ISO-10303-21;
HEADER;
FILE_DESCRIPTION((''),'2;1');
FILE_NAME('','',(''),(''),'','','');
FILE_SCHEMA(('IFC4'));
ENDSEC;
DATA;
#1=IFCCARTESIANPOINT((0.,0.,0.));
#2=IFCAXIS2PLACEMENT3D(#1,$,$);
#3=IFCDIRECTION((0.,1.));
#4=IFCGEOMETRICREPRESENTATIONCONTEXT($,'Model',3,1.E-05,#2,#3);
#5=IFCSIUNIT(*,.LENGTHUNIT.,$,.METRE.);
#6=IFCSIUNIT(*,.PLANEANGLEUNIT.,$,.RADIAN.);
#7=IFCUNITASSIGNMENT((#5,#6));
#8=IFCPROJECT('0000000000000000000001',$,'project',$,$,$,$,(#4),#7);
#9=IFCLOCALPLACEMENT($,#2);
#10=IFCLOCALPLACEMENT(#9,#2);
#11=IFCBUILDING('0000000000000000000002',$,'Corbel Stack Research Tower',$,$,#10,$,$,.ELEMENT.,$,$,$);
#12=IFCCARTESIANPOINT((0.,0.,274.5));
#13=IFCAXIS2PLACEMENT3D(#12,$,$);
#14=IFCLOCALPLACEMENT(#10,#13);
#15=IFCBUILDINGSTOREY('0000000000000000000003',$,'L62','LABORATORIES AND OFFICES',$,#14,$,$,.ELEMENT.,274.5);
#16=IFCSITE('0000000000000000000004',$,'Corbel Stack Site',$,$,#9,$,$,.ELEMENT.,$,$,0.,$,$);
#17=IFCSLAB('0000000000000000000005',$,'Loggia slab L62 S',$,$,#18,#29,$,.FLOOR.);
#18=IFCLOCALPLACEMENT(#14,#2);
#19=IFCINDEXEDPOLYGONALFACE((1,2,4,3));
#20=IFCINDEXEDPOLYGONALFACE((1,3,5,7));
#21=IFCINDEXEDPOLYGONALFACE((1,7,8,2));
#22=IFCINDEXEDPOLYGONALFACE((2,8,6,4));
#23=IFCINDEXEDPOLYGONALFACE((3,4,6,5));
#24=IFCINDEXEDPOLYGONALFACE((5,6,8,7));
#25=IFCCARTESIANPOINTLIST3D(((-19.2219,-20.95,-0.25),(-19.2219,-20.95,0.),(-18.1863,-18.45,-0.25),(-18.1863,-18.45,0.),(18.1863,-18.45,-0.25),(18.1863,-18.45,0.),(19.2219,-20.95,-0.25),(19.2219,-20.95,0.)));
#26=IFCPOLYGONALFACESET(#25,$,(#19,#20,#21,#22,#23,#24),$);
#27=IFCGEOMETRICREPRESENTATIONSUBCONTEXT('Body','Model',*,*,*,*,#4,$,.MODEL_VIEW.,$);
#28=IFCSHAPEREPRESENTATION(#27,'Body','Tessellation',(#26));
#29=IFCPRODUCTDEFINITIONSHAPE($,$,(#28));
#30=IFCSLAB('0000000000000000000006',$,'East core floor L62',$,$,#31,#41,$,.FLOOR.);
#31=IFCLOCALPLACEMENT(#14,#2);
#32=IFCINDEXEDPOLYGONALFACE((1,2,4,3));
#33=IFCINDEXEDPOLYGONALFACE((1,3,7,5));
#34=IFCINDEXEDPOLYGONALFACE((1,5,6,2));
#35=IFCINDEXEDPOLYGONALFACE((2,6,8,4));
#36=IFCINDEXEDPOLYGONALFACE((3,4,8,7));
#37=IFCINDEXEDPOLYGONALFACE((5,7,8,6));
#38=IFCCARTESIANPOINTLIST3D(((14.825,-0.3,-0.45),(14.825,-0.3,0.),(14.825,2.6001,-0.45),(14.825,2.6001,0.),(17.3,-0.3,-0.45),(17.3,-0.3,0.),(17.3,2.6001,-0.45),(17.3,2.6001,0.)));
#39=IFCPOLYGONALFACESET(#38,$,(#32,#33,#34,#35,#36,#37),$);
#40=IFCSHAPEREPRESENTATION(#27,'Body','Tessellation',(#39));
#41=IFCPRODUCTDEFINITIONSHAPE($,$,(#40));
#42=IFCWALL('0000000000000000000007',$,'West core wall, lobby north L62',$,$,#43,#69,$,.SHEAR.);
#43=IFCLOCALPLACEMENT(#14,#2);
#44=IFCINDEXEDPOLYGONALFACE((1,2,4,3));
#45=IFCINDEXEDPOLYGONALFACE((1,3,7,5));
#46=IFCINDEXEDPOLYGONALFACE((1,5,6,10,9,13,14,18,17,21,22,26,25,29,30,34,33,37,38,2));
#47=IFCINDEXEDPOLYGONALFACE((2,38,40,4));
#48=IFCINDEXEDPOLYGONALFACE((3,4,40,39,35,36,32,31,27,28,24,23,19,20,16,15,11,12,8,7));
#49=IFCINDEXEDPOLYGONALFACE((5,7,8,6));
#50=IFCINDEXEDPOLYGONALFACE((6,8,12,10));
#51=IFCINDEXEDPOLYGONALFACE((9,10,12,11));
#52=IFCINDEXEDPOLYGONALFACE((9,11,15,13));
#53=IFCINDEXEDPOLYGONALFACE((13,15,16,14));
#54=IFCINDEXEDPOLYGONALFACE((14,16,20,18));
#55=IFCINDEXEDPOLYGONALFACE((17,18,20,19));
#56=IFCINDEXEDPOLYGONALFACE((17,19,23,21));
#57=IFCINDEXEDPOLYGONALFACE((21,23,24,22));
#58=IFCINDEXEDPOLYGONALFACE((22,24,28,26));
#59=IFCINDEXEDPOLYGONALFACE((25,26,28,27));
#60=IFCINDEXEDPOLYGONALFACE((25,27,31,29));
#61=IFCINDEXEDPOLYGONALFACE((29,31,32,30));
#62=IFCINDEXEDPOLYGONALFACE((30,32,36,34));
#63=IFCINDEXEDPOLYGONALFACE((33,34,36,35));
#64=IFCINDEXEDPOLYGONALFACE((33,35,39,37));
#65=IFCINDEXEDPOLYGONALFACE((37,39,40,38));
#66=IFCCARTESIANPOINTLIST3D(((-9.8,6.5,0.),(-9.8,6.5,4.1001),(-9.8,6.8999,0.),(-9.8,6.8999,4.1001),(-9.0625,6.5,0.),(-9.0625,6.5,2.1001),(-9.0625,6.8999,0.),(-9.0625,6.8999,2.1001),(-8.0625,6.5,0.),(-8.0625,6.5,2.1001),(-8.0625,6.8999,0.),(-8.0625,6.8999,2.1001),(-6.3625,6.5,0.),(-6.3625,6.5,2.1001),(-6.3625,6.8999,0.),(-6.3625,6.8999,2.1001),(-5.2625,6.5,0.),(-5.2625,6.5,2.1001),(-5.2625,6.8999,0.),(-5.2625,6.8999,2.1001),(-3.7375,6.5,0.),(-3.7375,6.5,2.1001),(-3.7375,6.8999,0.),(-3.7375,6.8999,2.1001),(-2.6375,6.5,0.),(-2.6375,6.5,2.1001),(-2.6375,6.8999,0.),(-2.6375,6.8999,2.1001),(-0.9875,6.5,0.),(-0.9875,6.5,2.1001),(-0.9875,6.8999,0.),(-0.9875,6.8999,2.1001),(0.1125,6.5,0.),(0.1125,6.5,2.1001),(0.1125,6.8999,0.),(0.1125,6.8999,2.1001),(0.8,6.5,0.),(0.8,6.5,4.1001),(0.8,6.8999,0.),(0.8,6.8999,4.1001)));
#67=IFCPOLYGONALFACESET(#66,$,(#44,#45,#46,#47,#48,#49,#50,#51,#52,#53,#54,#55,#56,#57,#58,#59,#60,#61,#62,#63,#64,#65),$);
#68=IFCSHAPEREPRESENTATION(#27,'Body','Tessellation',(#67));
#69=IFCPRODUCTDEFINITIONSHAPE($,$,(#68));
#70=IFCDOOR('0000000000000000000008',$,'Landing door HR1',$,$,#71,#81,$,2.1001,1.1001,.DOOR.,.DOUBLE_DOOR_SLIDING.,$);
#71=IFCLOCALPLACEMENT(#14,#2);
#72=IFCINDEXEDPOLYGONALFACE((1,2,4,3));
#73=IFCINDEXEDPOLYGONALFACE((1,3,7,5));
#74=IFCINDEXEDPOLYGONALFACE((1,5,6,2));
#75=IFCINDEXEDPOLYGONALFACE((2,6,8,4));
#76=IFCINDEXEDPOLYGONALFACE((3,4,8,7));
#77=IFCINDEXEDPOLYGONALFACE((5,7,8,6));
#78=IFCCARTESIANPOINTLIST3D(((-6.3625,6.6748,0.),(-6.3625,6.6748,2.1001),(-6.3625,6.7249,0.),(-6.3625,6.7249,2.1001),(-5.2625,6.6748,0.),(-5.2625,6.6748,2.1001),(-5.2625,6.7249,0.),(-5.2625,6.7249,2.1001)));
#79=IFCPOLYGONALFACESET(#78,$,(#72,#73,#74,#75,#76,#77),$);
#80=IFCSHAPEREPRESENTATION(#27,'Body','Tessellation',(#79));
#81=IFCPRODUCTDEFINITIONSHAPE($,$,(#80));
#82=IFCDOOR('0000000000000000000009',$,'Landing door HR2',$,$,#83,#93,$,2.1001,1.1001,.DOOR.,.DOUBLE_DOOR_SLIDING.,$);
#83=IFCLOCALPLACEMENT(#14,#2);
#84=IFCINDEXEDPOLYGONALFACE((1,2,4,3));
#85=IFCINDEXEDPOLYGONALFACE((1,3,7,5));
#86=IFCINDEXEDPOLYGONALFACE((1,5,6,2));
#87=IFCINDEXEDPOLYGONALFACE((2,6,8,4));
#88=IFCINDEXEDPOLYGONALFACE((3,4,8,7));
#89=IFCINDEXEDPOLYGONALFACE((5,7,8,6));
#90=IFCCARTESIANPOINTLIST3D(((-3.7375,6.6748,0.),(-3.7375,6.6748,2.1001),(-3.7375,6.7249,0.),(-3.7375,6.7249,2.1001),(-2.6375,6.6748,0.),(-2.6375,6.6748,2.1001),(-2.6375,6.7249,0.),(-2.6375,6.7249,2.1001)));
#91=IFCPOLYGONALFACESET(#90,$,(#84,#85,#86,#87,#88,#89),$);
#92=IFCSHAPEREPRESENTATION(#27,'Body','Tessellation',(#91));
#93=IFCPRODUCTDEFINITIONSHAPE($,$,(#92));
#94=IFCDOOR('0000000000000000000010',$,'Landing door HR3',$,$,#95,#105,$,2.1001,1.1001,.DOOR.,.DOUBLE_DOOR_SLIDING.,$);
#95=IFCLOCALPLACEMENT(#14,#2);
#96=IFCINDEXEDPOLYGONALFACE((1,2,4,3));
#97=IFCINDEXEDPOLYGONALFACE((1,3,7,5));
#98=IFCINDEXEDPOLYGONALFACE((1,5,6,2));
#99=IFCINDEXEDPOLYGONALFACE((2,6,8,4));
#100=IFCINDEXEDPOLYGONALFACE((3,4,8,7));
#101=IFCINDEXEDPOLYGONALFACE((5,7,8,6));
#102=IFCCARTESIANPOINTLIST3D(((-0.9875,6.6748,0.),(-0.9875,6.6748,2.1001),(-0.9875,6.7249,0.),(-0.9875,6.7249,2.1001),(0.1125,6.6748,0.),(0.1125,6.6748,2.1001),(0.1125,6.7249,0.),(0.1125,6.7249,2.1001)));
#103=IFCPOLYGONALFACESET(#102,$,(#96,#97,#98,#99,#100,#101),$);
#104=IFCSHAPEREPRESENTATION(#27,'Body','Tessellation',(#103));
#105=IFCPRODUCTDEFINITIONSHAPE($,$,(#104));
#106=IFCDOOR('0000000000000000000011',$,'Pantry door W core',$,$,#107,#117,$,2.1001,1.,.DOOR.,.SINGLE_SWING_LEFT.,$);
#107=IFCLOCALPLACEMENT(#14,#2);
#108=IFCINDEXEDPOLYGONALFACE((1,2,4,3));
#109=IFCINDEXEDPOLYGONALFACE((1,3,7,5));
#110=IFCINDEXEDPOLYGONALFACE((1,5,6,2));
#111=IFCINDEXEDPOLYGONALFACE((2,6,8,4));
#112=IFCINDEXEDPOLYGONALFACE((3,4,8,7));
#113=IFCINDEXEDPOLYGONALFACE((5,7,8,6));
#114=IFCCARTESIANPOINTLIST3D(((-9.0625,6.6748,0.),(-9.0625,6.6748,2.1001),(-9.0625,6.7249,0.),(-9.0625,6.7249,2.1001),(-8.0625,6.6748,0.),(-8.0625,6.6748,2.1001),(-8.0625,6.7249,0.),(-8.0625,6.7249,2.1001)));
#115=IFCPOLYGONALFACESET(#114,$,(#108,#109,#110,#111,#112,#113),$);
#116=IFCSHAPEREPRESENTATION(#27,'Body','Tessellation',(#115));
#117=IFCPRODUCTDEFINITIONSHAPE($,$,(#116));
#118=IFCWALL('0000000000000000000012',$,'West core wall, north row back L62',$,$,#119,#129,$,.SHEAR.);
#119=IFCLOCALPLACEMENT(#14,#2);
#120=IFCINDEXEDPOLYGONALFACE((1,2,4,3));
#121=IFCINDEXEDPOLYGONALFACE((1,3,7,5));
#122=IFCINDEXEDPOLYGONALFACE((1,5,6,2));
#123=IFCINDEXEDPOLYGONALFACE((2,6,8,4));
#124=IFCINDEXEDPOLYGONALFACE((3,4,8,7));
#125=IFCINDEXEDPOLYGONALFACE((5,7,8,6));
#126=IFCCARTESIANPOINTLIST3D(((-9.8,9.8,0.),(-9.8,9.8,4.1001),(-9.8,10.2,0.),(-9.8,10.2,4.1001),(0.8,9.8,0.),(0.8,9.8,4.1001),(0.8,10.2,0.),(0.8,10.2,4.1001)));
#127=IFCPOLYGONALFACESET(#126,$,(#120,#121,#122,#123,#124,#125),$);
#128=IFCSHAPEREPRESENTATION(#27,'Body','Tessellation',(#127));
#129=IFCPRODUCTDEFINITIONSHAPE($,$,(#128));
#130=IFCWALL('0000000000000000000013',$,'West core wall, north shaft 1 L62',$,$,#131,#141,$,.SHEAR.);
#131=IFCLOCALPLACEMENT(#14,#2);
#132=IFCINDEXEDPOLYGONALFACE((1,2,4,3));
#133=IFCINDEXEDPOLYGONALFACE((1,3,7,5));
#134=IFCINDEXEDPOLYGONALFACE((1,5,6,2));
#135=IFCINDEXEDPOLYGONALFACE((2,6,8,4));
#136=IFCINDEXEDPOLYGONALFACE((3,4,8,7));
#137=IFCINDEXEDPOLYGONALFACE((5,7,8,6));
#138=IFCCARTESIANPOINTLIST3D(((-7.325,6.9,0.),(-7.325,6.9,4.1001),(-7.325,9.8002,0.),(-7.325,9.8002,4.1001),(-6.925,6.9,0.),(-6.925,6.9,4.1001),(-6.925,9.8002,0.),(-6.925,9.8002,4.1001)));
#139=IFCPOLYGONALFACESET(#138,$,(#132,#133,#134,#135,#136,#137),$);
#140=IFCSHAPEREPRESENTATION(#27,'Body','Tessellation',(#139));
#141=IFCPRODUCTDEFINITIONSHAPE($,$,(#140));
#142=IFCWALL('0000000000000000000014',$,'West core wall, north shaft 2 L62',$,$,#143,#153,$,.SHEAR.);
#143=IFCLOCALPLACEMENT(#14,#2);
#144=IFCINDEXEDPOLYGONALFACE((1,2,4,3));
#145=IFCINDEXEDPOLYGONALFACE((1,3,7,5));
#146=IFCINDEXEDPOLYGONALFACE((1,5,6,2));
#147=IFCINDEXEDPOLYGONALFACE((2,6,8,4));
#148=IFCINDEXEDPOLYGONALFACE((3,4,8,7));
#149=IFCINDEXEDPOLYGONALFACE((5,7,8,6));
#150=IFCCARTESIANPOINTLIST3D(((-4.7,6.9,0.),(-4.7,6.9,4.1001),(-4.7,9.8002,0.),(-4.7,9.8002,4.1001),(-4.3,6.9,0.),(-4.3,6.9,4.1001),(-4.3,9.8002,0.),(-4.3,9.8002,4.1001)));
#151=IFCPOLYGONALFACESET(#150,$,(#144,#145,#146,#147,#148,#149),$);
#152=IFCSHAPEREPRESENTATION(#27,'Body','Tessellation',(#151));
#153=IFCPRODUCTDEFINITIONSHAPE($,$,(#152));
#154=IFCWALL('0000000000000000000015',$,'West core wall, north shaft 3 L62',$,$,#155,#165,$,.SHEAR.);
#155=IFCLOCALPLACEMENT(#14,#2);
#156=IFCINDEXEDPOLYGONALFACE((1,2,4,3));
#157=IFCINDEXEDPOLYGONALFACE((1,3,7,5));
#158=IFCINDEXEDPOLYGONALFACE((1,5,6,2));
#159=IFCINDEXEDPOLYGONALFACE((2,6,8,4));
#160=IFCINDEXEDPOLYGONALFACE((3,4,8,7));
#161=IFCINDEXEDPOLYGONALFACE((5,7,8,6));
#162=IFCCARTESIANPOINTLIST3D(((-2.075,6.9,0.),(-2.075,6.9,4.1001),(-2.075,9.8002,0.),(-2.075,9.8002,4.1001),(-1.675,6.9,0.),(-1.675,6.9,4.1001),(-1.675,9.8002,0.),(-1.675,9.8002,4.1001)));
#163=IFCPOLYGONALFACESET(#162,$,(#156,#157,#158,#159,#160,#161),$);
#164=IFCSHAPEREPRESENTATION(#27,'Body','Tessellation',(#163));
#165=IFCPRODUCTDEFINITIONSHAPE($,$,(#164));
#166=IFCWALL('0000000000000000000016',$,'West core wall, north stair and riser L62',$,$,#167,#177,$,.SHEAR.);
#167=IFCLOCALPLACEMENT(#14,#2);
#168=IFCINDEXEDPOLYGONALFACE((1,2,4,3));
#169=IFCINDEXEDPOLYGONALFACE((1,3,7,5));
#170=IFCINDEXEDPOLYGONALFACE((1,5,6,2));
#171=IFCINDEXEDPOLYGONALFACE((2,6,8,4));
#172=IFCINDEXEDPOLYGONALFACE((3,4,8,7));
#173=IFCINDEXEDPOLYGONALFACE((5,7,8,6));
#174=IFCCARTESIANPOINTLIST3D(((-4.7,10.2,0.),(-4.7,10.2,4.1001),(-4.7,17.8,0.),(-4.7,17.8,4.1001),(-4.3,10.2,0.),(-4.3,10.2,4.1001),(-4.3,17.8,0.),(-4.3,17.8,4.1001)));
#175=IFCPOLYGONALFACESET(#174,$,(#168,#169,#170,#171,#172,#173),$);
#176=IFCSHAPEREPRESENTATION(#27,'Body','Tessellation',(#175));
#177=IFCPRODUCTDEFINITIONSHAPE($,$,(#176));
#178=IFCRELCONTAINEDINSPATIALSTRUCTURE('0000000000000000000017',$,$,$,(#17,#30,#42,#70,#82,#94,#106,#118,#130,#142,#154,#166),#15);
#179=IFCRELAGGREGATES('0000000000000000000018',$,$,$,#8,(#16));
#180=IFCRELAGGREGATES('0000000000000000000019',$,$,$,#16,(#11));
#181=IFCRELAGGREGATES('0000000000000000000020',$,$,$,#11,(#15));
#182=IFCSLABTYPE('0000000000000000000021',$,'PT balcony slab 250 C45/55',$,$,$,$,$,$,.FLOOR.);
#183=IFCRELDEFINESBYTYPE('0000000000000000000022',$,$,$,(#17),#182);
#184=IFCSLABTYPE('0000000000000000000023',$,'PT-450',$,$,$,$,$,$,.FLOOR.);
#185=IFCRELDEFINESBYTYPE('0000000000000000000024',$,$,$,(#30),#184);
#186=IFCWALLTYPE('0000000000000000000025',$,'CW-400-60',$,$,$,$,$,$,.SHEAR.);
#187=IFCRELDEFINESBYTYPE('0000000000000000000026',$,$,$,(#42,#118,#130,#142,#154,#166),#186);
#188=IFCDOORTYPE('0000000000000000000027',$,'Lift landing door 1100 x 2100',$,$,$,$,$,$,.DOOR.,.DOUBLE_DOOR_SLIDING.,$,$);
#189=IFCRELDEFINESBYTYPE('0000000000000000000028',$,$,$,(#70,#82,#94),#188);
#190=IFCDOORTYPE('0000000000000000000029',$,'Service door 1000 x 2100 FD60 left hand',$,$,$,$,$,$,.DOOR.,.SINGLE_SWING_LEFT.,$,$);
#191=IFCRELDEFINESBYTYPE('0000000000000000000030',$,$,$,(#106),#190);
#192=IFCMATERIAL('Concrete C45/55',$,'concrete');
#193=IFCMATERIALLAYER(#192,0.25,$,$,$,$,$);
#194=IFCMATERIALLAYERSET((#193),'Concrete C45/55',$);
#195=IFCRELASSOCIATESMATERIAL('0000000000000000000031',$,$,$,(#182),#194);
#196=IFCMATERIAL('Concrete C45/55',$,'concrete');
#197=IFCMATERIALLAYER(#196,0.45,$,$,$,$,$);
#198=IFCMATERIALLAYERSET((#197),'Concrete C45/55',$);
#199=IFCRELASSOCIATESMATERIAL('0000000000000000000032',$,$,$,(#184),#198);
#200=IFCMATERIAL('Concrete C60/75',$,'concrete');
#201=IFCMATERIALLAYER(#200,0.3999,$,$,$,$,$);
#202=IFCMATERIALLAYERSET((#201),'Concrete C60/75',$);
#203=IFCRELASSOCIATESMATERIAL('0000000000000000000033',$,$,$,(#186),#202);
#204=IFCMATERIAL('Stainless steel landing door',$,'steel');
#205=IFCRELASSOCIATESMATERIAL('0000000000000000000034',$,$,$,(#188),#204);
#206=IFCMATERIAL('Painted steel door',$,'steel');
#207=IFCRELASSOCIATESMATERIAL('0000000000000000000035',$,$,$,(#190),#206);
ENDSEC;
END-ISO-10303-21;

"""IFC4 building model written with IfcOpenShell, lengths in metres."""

from ifc_helpers import new_model, si_unit, direction, frame, frame_2d, origin, place, context, subcontext, project, spatial, polyline, rectangle, outline, extrude, material, layer, layer_set, type_object, element, fill, save


model = new_model("IFC4")

# Units and contexts
model_context = context("Model", 3, precision=1e-05, world=origin(), true_north=direction((0.0, 1.0)))
body_context = subcontext(model_context, "Body", "Model", "MODEL_VIEW")
ifc_project = project(units=[si_unit("LENGTHUNIT", "METRE"), si_unit("PLANEANGLEUNIT", "RADIAN")], contexts=[model_context])

# Site, building, storey
site_placement = place(None, origin())
site = spatial("IfcSite", under=ifc_project, at=site_placement, Name="Corbel Stack Site", CompositionType="ELEMENT", RefElevation=0.0)
building_placement = place(site_placement, origin())
building = spatial("IfcBuilding", under=site, at=building_placement, Name="Corbel Stack Research Tower", CompositionType="ELEMENT")
storey_placement = place(building_placement, frame((0.0, 0.0, 274.5)))
storey = spatial("IfcBuildingStorey", under=building, at=storey_placement, Name="L62", Description="LABORATORIES AND OFFICES", CompositionType="ELEMENT", Elevation=274.5)

# Slabs
ifc_material_1 = material(Name="Concrete C45/55", Category="concrete")
ifc_layer_1 = layer(ifc_material_1, 0.25)
ifc_layer_set_1 = layer_set([ifc_layer_1], Name="Concrete C45/55")
slab_type_1 = type_object("IfcSlabType", Name="PT balcony slab 250 C45/55", PredefinedType="FLOOR", material=ifc_layer_set_1)
slab_1_placement = place(storey_placement, frame((0.0, 0.0, -0.25)))
element("IfcSlab", 1, at=slab_1_placement, inside=storey, type_object=slab_type_1, Name="Loggia slab L62 S", PredefinedType="FLOOR", context=body_context, shape_type="SweptSolid", body=[
    extrude(outline(polyline([(18.1863, -18.45), (-18.1863, -18.45), (-19.2219, -20.95), (19.2219, -20.95), (18.1863, -18.45)])), origin(), (0.0, 0.0, 1.0), 0.25),
])
ifc_material_2 = material(Name="Concrete C45/55", Category="concrete")
ifc_layer_2 = layer(ifc_material_2, 0.45)
ifc_layer_set_2 = layer_set([ifc_layer_2], Name="Concrete C45/55")
slab_type_2 = type_object("IfcSlabType", Name="PT-450", PredefinedType="FLOOR", material=ifc_layer_set_2)
slab_2_placement = place(storey_placement, frame((0.0, 0.0, -0.45)))
element("IfcSlab", 2, at=slab_2_placement, inside=storey, type_object=slab_type_2, Name="East core floor L62", PredefinedType="FLOOR", context=body_context, shape_type="SweptSolid", body=[
    extrude(outline(polyline([(14.825, 2.6001), (14.825, -0.3), (17.3, -0.3), (17.3, 2.6001), (14.825, 2.6001)])), origin(), (0.0, 0.0, 1.0), 0.45),
])

# Wall, openings, doors
ifc_material_3 = material(Name="Concrete C60/75", Category="concrete")
ifc_layer_3 = layer(ifc_material_3, 0.3999)
ifc_layer_set_3 = layer_set([ifc_layer_3], Name="Concrete C60/75")
wall_type_1 = type_object("IfcWallType", Name="CW-400-60", PredefinedType="SHEAR", material=ifc_layer_set_3)
wall_1_placement = place(storey_placement, frame((-9.8, 6.7, 0.0), z_axis=(0.0, 0.0, 1.0), x_axis=(1.0, 0.0, 0.0)))
wall_1 = element("IfcWall", 3, at=wall_1_placement, inside=storey, type_object=wall_type_1, Name="West core wall, lobby north L62", PredefinedType="SHEAR", context=body_context, shape_type="SweptSolid", body=[
    extrude(rectangle(XDim=10.6001, YDim=0.3999, at=frame_2d((5.3, 0.0))), origin(), (0.0, 0.0, 1.0), 4.1001),
])
opening_1_placement = place(wall_1_placement, frame((3.4375, 0.0, 0.0)))
opening_1 = element("IfcOpeningElement", 4, at=opening_1_placement, cuts=wall_1, PredefinedType="OPENING", context=body_context, shape_type="SweptSolid", body=[
    extrude(rectangle(XDim=1.1001, YDim=2.1001, at=frame_2d((0.55, 1.05))), frame((0.0, 0.21, 0.0), z_axis=(0.0, -1.0, 0.0), x_axis=(1.0, 0.0, 0.0)), (0.0, 0.0, 1.0), 0.4199),
])
opening_2_placement = place(wall_1_placement, frame((6.0625, 0.0, 0.0)))
opening_2 = element("IfcOpeningElement", 5, at=opening_2_placement, cuts=wall_1, PredefinedType="OPENING", context=body_context, shape_type="SweptSolid", body=[
    extrude(rectangle(XDim=1.1001, YDim=2.1001, at=frame_2d((0.55, 1.05))), frame((0.0, 0.21, 0.0), z_axis=(0.0, -1.0, 0.0), x_axis=(1.0, 0.0, 0.0)), (0.0, 0.0, 1.0), 0.4199),
])
opening_3_placement = place(wall_1_placement, frame((8.8125, 0.0, 0.0)))
opening_3 = element("IfcOpeningElement", 6, at=opening_3_placement, cuts=wall_1, PredefinedType="OPENING", context=body_context, shape_type="SweptSolid", body=[
    extrude(rectangle(XDim=1.1001, YDim=2.1001, at=frame_2d((0.55, 1.05))), frame((0.0, 0.21, 0.0), z_axis=(0.0, -1.0, 0.0), x_axis=(1.0, 0.0, 0.0)), (0.0, 0.0, 1.0), 0.4199),
])
opening_4_placement = place(wall_1_placement, frame((0.7375, 0.0, 0.0)))
opening_4 = element("IfcOpeningElement", 7, at=opening_4_placement, cuts=wall_1, PredefinedType="OPENING", context=body_context, shape_type="SweptSolid", body=[
    extrude(rectangle(XDim=1.0, YDim=2.1001, at=frame_2d((0.5, 1.05))), frame((0.0, 0.21, 0.0), z_axis=(0.0, -1.0, 0.0), x_axis=(1.0, 0.0, 0.0)), (0.0, 0.0, 1.0), 0.4199),
])
ifc_material_4 = material(Name="Stainless steel landing door", Category="steel")
door_type_1 = type_object("IfcDoorType", Name="Lift landing door 1100 x 2100", OperationType="DOUBLE_DOOR_SLIDING", PredefinedType="DOOR", material=ifc_material_4)
door_1_placement = place(opening_1_placement, origin())
door_1 = element("IfcDoor", 8, at=door_1_placement, inside=storey, type_object=door_type_1, Name="Landing door HR1", OperationType="DOUBLE_DOOR_SLIDING", OverallHeight=2.1001, OverallWidth=1.1001, PredefinedType="DOOR", context=body_context, shape_type="SweptSolid", body=[
    extrude(rectangle(XDim=1.1001, YDim=2.1001, at=frame_2d((0.55, 1.05))), frame((0.0, 0.0249, 0.0), z_axis=(0.0, -1.0, 0.0), x_axis=(1.0, 0.0, 0.0)), (0.0, 0.0, 1.0), 0.05),
])
fill(opening_1, door_1)
door_2_placement = place(opening_2_placement, origin())
door_2 = element("IfcDoor", 9, at=door_2_placement, inside=storey, type_object=door_type_1, Name="Landing door HR2", OperationType="DOUBLE_DOOR_SLIDING", OverallHeight=2.1001, OverallWidth=1.1001, PredefinedType="DOOR", context=body_context, shape_type="SweptSolid", body=[
    extrude(rectangle(XDim=1.1001, YDim=2.1001, at=frame_2d((0.55, 1.05))), frame((0.0, 0.0249, 0.0), z_axis=(0.0, -1.0, 0.0), x_axis=(1.0, 0.0, 0.0)), (0.0, 0.0, 1.0), 0.05),
])
fill(opening_2, door_2)
door_3_placement = place(opening_3_placement, origin())
door_3 = element("IfcDoor", 10, at=door_3_placement, inside=storey, type_object=door_type_1, Name="Landing door HR3", OperationType="DOUBLE_DOOR_SLIDING", OverallHeight=2.1001, OverallWidth=1.1001, PredefinedType="DOOR", context=body_context, shape_type="SweptSolid", body=[
    extrude(rectangle(XDim=1.1001, YDim=2.1001, at=frame_2d((0.55, 1.05))), frame((0.0, 0.0249, 0.0), z_axis=(0.0, -1.0, 0.0), x_axis=(1.0, 0.0, 0.0)), (0.0, 0.0, 1.0), 0.05),
])
fill(opening_3, door_3)
ifc_material_5 = material(Name="Painted steel door", Category="steel")
door_type_2 = type_object("IfcDoorType", Name="Service door 1000 x 2100 FD60 left hand", OperationType="SINGLE_SWING_LEFT", PredefinedType="DOOR", material=ifc_material_5)
door_4_placement = place(opening_4_placement, origin())
door_4 = element("IfcDoor", 11, at=door_4_placement, inside=storey, type_object=door_type_2, Name="Pantry door W core", OperationType="SINGLE_SWING_LEFT", OverallHeight=2.1001, OverallWidth=1.0, PredefinedType="DOOR", context=body_context, shape_type="SweptSolid", body=[
    extrude(rectangle(XDim=1.0, YDim=2.1001, at=frame_2d((0.5, 1.05))), frame((0.0, 0.0249, 0.0), z_axis=(0.0, -1.0, 0.0), x_axis=(1.0, 0.0, 0.0)), (0.0, 0.0, 1.0), 0.05),
])
fill(opening_4, door_4)

# Walls
wall_2_placement = place(storey_placement, frame((-9.8, 10.0, 0.0), z_axis=(0.0, 0.0, 1.0), x_axis=(1.0, 0.0, 0.0)))
element("IfcWall", 12, at=wall_2_placement, inside=storey, type_object=wall_type_1, Name="West core wall, north row back L62", PredefinedType="SHEAR", context=body_context, shape_type="SweptSolid", body=[
    extrude(rectangle(XDim=10.6001, YDim=0.3999, at=frame_2d((5.3, 0.0))), origin(), (0.0, 0.0, 1.0), 4.1001),
])
for number, where, z_axis, x_axis, name in (
    (13, (-7.125, 6.8999, 0.0), (0.0, 0.0, 1.0), (0.0, 1.0, 0.0), "West core wall, north shaft 1 L62"),
    (14, (-4.5, 6.8999, 0.0), (0.0, 0.0, 1.0), (0.0, 1.0, 0.0), "West core wall, north shaft 2 L62"),
    (15, (-1.875, 6.8999, 0.0), (0.0, 0.0, 1.0), (0.0, 1.0, 0.0), "West core wall, north shaft 3 L62"),
):
    element("IfcWall", number, at=place(storey_placement, frame(where, z_axis=z_axis, x_axis=x_axis)), inside=storey, type_object=wall_type_1, Name=name, PredefinedType="SHEAR", context=body_context, shape_type="SweptSolid", body=[
        extrude(rectangle(XDim=2.9001, YDim=0.3999, at=frame_2d((1.4502, 0.0))), origin(), (0.0, 0.0, 1.0), 4.1001),
    ])
wall_3_placement = place(storey_placement, frame((-4.5, 10.2, 0.0), z_axis=(0.0, 0.0, 1.0), x_axis=(0.0, 1.0, 0.0)))
element("IfcWall", 16, at=wall_3_placement, inside=storey, type_object=wall_type_1, Name="West core wall, north stair and riser L62", PredefinedType="SHEAR", context=body_context, shape_type="SweptSolid", body=[
    extrude(rectangle(XDim=7.6001, YDim=0.3999, at=frame_2d((3.8, 0.0))), origin(), (0.0, 0.0, 1.0), 4.1001),
])

save(model, "model.ifc")
